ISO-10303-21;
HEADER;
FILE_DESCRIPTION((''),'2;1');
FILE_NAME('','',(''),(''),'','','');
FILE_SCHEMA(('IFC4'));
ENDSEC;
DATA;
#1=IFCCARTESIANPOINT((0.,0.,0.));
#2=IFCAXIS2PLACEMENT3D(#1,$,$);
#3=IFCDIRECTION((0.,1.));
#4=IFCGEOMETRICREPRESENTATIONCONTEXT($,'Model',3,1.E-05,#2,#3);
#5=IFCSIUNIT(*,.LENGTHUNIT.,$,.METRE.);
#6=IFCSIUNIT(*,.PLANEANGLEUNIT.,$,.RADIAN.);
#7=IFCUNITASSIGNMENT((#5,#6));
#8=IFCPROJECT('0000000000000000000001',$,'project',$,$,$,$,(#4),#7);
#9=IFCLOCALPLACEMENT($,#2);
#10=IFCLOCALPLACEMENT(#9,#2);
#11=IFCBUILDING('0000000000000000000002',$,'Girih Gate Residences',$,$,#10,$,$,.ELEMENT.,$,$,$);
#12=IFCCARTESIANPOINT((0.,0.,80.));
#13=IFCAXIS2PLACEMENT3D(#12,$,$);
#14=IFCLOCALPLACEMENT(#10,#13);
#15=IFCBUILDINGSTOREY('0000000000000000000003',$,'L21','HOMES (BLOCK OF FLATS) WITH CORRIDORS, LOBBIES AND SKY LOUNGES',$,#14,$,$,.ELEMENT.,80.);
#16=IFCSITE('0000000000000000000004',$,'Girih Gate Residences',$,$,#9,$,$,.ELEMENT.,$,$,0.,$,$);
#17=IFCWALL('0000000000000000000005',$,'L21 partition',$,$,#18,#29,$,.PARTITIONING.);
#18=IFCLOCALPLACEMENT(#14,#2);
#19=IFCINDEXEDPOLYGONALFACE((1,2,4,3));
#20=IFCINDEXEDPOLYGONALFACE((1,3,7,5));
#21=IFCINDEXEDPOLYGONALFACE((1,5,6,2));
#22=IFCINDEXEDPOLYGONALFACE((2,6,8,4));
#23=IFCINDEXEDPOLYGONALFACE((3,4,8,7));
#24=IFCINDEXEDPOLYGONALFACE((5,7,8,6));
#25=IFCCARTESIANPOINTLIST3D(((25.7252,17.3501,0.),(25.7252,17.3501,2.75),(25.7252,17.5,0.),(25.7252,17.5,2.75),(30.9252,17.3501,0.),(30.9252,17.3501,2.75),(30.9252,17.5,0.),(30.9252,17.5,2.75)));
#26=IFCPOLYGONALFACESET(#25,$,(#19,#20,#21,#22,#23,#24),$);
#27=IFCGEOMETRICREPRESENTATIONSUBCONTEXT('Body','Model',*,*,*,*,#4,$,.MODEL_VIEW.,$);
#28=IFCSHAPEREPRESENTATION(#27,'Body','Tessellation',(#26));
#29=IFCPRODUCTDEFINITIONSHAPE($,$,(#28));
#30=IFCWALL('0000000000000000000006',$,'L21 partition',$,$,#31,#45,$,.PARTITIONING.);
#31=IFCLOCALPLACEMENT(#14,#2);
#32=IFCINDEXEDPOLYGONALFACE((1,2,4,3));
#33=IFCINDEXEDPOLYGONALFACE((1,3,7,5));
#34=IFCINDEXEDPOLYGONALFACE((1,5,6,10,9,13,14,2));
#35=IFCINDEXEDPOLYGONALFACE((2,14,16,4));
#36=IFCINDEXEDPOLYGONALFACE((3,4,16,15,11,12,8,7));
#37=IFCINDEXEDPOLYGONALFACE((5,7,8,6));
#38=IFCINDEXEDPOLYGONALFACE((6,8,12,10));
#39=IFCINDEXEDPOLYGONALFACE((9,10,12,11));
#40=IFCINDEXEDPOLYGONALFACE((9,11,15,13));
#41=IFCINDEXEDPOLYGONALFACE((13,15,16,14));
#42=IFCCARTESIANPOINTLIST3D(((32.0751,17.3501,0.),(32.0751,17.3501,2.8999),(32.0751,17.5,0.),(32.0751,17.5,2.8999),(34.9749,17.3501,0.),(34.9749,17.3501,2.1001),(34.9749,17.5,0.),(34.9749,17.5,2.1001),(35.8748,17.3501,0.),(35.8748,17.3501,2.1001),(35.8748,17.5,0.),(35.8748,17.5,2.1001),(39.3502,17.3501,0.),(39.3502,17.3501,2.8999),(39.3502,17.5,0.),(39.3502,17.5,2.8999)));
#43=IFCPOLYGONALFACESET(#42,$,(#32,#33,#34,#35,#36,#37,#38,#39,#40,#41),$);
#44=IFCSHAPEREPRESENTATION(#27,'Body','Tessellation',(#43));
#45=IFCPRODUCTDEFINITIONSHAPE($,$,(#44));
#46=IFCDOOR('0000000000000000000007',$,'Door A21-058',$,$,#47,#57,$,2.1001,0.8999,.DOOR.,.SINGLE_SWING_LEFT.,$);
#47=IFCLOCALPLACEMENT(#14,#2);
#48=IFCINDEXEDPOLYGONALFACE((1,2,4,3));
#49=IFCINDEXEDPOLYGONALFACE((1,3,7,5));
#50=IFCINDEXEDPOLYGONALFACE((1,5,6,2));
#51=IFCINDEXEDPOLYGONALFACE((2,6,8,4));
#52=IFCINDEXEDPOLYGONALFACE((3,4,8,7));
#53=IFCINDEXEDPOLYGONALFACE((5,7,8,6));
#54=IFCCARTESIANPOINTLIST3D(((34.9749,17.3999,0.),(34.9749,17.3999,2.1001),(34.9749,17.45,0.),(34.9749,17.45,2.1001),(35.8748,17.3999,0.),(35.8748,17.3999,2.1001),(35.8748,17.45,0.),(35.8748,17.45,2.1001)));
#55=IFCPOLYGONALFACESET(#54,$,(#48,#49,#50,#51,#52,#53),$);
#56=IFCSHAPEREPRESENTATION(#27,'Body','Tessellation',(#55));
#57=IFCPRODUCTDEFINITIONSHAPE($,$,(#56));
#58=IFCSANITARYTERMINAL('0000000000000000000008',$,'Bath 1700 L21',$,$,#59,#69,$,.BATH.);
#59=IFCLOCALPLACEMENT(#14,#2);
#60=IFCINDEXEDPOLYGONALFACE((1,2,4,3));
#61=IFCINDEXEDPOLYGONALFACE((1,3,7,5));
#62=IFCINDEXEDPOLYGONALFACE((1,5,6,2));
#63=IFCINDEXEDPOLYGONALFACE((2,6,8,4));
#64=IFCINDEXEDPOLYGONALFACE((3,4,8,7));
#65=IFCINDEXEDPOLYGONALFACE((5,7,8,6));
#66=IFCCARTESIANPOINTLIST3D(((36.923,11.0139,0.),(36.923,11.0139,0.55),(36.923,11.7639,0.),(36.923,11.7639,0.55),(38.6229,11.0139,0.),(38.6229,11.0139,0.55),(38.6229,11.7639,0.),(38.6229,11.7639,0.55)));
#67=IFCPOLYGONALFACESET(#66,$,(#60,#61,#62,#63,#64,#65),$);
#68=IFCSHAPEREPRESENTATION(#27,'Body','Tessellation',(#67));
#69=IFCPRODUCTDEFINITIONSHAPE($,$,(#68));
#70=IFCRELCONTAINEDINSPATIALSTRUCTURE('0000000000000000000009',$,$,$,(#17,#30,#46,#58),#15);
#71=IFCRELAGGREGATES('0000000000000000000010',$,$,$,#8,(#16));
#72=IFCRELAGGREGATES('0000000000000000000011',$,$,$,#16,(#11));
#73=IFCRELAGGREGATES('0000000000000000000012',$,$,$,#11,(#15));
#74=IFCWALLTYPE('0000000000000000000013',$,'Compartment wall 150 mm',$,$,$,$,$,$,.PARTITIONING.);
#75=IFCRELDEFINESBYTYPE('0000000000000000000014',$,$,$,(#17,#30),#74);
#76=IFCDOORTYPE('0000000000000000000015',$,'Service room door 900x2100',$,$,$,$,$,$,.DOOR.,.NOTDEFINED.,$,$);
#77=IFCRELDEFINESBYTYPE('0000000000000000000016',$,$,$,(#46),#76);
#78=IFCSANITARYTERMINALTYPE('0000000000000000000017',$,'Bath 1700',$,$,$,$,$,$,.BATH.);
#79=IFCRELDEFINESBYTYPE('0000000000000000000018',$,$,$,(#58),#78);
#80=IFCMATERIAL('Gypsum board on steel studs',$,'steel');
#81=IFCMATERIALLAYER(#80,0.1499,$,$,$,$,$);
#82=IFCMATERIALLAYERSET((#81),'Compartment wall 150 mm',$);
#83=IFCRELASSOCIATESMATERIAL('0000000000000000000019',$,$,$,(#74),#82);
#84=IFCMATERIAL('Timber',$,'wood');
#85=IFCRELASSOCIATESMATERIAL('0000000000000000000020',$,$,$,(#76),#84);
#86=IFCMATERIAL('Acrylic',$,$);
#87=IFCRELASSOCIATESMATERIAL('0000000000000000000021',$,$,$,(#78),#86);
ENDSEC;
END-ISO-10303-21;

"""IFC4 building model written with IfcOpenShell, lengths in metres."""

from ifc_helpers import new_model, si_unit, direction, frame, frame_2d, origin, origin_2d, place, context, subcontext, project, spatial, rectangle, extrude, material, layer, layer_set, type_object, element, fill, save


model = new_model("IFC4")

# Units and contexts
model_context = context("Model", 3, precision=1e-05, world=origin(), true_north=direction((0.0, 1.0)))
body_context = subcontext(model_context, "Body", "Model", "MODEL_VIEW")
ifc_project = project(units=[si_unit("LENGTHUNIT", "METRE"), si_unit("PLANEANGLEUNIT", "RADIAN")], contexts=[model_context])

# Site, building, storey
site_placement = place(None, origin())
site = spatial("IfcSite", under=ifc_project, at=site_placement, Name="Girih Gate Residences", CompositionType="ELEMENT", RefElevation=0.0)
building_placement = place(site_placement, origin())
building = spatial("IfcBuilding", under=site, at=building_placement, Name="Girih Gate Residences", CompositionType="ELEMENT")
storey_placement = place(building_placement, frame((0.0, 0.0, 80.0)))
storey = spatial("IfcBuildingStorey", under=building, at=storey_placement, Name="L21", Description="HOMES (BLOCK OF FLATS) WITH CORRIDORS, LOBBIES AND SKY LOUNGES", CompositionType="ELEMENT", Elevation=80.0)

# Shared definitions
ifc_material_1 = material(Name="Gypsum board on steel studs", Category="steel")
ifc_layer_1 = layer(ifc_material_1, 0.1499)
ifc_layer_set_1 = layer_set([ifc_layer_1], Name="Compartment wall 150 mm")
wall_type_1 = type_object("IfcWallType", Name="Compartment wall 150 mm", PredefinedType="PARTITIONING", material=ifc_layer_set_1)

# Wall
wall_1_placement = place(storey_placement, frame((25.7251, 17.425, 0.0), z_axis=(0.0, 0.0, 1.0), x_axis=(1.0, 0.0, 0.0)))
element("IfcWall", 1, at=wall_1_placement, inside=storey, type_object=wall_type_1, Name="L21 partition", PredefinedType="PARTITIONING", context=body_context, shape_type="SweptSolid", body=[
    extrude(rectangle(XDim=5.2, YDim=0.1499, at=frame_2d((2.6001, 0.0))), origin(), (0.0, 0.0, 1.0), 2.75),
])

# Wall, opening, door
wall_2_placement = place(storey_placement, frame((32.075, 17.425, 0.0), z_axis=(0.0, 0.0, 1.0), x_axis=(1.0, 0.0, 0.0)))
wall_2 = element("IfcWall", 2, at=wall_2_placement, inside=storey, type_object=wall_type_1, Name="L21 partition", PredefinedType="PARTITIONING", context=body_context, shape_type="SweptSolid", body=[
    extrude(rectangle(XDim=7.2751, YDim=0.1499, at=frame_2d((3.6377, 0.0))), origin(), (0.0, 0.0, 1.0), 2.8999),
])
opening_1_placement = place(wall_2_placement, frame((2.8999, 0.0, 0.0)))
opening_1 = element("IfcOpeningElement", 3, at=opening_1_placement, cuts=wall_2, PredefinedType="OPENING", context=body_context, shape_type="SweptSolid", body=[
    extrude(rectangle(XDim=0.8999, YDim=2.1001, at=frame_2d((0.45, 1.05))), frame((0.0, 0.085, 0.0), z_axis=(0.0, -1.0, 0.0), x_axis=(1.0, 0.0, 0.0)), (0.0, 0.0, 1.0), 0.1699),
])
ifc_material_2 = material(Name="Timber", Category="wood")
door_type_1 = type_object("IfcDoorType", Name="Service room door 900x2100", OperationType="NOTDEFINED", PredefinedType="DOOR", material=ifc_material_2)
door_1_placement = place(opening_1_placement, origin())
door_1 = element("IfcDoor", 4, at=door_1_placement, inside=storey, type_object=door_type_1, Name="Door A21-058", OperationType="SINGLE_SWING_LEFT", OverallHeight=2.1001, OverallWidth=0.8999, PredefinedType="DOOR", context=body_context, shape_type="SweptSolid", body=[
    extrude(rectangle(XDim=0.8999, YDim=2.1001, at=frame_2d((0.45, 1.05))), frame((0.0, 0.0249, 0.0), z_axis=(0.0, -1.0, 0.0), x_axis=(1.0, 0.0, 0.0)), (0.0, 0.0, 1.0), 0.05),
])
fill(opening_1, door_1)

# Sanitary terminal
ifc_material_3 = material(Name="Acrylic")
sanitary_terminal_type = type_object("IfcSanitaryTerminalType", Name="Bath 1700", PredefinedType="BATH", material=ifc_material_3)
sanitary_terminal_placement = place(storey_placement, frame((37.7729, 11.3889, 0.0), z_axis=(0.0, 0.0, 1.0), x_axis=(1.0, 0.0, 0.0)))
element("IfcSanitaryTerminal", 5, at=sanitary_terminal_placement, inside=storey, type_object=sanitary_terminal_type, Name="Bath 1700 L21", PredefinedType="BATH", context=body_context, shape_type="SweptSolid", body=[
    extrude(rectangle(XDim=1.7, YDim=0.75, at=origin_2d()), origin(), (0.0, 0.0, 1.0), 0.55),
])

save(model, "model.ifc")
